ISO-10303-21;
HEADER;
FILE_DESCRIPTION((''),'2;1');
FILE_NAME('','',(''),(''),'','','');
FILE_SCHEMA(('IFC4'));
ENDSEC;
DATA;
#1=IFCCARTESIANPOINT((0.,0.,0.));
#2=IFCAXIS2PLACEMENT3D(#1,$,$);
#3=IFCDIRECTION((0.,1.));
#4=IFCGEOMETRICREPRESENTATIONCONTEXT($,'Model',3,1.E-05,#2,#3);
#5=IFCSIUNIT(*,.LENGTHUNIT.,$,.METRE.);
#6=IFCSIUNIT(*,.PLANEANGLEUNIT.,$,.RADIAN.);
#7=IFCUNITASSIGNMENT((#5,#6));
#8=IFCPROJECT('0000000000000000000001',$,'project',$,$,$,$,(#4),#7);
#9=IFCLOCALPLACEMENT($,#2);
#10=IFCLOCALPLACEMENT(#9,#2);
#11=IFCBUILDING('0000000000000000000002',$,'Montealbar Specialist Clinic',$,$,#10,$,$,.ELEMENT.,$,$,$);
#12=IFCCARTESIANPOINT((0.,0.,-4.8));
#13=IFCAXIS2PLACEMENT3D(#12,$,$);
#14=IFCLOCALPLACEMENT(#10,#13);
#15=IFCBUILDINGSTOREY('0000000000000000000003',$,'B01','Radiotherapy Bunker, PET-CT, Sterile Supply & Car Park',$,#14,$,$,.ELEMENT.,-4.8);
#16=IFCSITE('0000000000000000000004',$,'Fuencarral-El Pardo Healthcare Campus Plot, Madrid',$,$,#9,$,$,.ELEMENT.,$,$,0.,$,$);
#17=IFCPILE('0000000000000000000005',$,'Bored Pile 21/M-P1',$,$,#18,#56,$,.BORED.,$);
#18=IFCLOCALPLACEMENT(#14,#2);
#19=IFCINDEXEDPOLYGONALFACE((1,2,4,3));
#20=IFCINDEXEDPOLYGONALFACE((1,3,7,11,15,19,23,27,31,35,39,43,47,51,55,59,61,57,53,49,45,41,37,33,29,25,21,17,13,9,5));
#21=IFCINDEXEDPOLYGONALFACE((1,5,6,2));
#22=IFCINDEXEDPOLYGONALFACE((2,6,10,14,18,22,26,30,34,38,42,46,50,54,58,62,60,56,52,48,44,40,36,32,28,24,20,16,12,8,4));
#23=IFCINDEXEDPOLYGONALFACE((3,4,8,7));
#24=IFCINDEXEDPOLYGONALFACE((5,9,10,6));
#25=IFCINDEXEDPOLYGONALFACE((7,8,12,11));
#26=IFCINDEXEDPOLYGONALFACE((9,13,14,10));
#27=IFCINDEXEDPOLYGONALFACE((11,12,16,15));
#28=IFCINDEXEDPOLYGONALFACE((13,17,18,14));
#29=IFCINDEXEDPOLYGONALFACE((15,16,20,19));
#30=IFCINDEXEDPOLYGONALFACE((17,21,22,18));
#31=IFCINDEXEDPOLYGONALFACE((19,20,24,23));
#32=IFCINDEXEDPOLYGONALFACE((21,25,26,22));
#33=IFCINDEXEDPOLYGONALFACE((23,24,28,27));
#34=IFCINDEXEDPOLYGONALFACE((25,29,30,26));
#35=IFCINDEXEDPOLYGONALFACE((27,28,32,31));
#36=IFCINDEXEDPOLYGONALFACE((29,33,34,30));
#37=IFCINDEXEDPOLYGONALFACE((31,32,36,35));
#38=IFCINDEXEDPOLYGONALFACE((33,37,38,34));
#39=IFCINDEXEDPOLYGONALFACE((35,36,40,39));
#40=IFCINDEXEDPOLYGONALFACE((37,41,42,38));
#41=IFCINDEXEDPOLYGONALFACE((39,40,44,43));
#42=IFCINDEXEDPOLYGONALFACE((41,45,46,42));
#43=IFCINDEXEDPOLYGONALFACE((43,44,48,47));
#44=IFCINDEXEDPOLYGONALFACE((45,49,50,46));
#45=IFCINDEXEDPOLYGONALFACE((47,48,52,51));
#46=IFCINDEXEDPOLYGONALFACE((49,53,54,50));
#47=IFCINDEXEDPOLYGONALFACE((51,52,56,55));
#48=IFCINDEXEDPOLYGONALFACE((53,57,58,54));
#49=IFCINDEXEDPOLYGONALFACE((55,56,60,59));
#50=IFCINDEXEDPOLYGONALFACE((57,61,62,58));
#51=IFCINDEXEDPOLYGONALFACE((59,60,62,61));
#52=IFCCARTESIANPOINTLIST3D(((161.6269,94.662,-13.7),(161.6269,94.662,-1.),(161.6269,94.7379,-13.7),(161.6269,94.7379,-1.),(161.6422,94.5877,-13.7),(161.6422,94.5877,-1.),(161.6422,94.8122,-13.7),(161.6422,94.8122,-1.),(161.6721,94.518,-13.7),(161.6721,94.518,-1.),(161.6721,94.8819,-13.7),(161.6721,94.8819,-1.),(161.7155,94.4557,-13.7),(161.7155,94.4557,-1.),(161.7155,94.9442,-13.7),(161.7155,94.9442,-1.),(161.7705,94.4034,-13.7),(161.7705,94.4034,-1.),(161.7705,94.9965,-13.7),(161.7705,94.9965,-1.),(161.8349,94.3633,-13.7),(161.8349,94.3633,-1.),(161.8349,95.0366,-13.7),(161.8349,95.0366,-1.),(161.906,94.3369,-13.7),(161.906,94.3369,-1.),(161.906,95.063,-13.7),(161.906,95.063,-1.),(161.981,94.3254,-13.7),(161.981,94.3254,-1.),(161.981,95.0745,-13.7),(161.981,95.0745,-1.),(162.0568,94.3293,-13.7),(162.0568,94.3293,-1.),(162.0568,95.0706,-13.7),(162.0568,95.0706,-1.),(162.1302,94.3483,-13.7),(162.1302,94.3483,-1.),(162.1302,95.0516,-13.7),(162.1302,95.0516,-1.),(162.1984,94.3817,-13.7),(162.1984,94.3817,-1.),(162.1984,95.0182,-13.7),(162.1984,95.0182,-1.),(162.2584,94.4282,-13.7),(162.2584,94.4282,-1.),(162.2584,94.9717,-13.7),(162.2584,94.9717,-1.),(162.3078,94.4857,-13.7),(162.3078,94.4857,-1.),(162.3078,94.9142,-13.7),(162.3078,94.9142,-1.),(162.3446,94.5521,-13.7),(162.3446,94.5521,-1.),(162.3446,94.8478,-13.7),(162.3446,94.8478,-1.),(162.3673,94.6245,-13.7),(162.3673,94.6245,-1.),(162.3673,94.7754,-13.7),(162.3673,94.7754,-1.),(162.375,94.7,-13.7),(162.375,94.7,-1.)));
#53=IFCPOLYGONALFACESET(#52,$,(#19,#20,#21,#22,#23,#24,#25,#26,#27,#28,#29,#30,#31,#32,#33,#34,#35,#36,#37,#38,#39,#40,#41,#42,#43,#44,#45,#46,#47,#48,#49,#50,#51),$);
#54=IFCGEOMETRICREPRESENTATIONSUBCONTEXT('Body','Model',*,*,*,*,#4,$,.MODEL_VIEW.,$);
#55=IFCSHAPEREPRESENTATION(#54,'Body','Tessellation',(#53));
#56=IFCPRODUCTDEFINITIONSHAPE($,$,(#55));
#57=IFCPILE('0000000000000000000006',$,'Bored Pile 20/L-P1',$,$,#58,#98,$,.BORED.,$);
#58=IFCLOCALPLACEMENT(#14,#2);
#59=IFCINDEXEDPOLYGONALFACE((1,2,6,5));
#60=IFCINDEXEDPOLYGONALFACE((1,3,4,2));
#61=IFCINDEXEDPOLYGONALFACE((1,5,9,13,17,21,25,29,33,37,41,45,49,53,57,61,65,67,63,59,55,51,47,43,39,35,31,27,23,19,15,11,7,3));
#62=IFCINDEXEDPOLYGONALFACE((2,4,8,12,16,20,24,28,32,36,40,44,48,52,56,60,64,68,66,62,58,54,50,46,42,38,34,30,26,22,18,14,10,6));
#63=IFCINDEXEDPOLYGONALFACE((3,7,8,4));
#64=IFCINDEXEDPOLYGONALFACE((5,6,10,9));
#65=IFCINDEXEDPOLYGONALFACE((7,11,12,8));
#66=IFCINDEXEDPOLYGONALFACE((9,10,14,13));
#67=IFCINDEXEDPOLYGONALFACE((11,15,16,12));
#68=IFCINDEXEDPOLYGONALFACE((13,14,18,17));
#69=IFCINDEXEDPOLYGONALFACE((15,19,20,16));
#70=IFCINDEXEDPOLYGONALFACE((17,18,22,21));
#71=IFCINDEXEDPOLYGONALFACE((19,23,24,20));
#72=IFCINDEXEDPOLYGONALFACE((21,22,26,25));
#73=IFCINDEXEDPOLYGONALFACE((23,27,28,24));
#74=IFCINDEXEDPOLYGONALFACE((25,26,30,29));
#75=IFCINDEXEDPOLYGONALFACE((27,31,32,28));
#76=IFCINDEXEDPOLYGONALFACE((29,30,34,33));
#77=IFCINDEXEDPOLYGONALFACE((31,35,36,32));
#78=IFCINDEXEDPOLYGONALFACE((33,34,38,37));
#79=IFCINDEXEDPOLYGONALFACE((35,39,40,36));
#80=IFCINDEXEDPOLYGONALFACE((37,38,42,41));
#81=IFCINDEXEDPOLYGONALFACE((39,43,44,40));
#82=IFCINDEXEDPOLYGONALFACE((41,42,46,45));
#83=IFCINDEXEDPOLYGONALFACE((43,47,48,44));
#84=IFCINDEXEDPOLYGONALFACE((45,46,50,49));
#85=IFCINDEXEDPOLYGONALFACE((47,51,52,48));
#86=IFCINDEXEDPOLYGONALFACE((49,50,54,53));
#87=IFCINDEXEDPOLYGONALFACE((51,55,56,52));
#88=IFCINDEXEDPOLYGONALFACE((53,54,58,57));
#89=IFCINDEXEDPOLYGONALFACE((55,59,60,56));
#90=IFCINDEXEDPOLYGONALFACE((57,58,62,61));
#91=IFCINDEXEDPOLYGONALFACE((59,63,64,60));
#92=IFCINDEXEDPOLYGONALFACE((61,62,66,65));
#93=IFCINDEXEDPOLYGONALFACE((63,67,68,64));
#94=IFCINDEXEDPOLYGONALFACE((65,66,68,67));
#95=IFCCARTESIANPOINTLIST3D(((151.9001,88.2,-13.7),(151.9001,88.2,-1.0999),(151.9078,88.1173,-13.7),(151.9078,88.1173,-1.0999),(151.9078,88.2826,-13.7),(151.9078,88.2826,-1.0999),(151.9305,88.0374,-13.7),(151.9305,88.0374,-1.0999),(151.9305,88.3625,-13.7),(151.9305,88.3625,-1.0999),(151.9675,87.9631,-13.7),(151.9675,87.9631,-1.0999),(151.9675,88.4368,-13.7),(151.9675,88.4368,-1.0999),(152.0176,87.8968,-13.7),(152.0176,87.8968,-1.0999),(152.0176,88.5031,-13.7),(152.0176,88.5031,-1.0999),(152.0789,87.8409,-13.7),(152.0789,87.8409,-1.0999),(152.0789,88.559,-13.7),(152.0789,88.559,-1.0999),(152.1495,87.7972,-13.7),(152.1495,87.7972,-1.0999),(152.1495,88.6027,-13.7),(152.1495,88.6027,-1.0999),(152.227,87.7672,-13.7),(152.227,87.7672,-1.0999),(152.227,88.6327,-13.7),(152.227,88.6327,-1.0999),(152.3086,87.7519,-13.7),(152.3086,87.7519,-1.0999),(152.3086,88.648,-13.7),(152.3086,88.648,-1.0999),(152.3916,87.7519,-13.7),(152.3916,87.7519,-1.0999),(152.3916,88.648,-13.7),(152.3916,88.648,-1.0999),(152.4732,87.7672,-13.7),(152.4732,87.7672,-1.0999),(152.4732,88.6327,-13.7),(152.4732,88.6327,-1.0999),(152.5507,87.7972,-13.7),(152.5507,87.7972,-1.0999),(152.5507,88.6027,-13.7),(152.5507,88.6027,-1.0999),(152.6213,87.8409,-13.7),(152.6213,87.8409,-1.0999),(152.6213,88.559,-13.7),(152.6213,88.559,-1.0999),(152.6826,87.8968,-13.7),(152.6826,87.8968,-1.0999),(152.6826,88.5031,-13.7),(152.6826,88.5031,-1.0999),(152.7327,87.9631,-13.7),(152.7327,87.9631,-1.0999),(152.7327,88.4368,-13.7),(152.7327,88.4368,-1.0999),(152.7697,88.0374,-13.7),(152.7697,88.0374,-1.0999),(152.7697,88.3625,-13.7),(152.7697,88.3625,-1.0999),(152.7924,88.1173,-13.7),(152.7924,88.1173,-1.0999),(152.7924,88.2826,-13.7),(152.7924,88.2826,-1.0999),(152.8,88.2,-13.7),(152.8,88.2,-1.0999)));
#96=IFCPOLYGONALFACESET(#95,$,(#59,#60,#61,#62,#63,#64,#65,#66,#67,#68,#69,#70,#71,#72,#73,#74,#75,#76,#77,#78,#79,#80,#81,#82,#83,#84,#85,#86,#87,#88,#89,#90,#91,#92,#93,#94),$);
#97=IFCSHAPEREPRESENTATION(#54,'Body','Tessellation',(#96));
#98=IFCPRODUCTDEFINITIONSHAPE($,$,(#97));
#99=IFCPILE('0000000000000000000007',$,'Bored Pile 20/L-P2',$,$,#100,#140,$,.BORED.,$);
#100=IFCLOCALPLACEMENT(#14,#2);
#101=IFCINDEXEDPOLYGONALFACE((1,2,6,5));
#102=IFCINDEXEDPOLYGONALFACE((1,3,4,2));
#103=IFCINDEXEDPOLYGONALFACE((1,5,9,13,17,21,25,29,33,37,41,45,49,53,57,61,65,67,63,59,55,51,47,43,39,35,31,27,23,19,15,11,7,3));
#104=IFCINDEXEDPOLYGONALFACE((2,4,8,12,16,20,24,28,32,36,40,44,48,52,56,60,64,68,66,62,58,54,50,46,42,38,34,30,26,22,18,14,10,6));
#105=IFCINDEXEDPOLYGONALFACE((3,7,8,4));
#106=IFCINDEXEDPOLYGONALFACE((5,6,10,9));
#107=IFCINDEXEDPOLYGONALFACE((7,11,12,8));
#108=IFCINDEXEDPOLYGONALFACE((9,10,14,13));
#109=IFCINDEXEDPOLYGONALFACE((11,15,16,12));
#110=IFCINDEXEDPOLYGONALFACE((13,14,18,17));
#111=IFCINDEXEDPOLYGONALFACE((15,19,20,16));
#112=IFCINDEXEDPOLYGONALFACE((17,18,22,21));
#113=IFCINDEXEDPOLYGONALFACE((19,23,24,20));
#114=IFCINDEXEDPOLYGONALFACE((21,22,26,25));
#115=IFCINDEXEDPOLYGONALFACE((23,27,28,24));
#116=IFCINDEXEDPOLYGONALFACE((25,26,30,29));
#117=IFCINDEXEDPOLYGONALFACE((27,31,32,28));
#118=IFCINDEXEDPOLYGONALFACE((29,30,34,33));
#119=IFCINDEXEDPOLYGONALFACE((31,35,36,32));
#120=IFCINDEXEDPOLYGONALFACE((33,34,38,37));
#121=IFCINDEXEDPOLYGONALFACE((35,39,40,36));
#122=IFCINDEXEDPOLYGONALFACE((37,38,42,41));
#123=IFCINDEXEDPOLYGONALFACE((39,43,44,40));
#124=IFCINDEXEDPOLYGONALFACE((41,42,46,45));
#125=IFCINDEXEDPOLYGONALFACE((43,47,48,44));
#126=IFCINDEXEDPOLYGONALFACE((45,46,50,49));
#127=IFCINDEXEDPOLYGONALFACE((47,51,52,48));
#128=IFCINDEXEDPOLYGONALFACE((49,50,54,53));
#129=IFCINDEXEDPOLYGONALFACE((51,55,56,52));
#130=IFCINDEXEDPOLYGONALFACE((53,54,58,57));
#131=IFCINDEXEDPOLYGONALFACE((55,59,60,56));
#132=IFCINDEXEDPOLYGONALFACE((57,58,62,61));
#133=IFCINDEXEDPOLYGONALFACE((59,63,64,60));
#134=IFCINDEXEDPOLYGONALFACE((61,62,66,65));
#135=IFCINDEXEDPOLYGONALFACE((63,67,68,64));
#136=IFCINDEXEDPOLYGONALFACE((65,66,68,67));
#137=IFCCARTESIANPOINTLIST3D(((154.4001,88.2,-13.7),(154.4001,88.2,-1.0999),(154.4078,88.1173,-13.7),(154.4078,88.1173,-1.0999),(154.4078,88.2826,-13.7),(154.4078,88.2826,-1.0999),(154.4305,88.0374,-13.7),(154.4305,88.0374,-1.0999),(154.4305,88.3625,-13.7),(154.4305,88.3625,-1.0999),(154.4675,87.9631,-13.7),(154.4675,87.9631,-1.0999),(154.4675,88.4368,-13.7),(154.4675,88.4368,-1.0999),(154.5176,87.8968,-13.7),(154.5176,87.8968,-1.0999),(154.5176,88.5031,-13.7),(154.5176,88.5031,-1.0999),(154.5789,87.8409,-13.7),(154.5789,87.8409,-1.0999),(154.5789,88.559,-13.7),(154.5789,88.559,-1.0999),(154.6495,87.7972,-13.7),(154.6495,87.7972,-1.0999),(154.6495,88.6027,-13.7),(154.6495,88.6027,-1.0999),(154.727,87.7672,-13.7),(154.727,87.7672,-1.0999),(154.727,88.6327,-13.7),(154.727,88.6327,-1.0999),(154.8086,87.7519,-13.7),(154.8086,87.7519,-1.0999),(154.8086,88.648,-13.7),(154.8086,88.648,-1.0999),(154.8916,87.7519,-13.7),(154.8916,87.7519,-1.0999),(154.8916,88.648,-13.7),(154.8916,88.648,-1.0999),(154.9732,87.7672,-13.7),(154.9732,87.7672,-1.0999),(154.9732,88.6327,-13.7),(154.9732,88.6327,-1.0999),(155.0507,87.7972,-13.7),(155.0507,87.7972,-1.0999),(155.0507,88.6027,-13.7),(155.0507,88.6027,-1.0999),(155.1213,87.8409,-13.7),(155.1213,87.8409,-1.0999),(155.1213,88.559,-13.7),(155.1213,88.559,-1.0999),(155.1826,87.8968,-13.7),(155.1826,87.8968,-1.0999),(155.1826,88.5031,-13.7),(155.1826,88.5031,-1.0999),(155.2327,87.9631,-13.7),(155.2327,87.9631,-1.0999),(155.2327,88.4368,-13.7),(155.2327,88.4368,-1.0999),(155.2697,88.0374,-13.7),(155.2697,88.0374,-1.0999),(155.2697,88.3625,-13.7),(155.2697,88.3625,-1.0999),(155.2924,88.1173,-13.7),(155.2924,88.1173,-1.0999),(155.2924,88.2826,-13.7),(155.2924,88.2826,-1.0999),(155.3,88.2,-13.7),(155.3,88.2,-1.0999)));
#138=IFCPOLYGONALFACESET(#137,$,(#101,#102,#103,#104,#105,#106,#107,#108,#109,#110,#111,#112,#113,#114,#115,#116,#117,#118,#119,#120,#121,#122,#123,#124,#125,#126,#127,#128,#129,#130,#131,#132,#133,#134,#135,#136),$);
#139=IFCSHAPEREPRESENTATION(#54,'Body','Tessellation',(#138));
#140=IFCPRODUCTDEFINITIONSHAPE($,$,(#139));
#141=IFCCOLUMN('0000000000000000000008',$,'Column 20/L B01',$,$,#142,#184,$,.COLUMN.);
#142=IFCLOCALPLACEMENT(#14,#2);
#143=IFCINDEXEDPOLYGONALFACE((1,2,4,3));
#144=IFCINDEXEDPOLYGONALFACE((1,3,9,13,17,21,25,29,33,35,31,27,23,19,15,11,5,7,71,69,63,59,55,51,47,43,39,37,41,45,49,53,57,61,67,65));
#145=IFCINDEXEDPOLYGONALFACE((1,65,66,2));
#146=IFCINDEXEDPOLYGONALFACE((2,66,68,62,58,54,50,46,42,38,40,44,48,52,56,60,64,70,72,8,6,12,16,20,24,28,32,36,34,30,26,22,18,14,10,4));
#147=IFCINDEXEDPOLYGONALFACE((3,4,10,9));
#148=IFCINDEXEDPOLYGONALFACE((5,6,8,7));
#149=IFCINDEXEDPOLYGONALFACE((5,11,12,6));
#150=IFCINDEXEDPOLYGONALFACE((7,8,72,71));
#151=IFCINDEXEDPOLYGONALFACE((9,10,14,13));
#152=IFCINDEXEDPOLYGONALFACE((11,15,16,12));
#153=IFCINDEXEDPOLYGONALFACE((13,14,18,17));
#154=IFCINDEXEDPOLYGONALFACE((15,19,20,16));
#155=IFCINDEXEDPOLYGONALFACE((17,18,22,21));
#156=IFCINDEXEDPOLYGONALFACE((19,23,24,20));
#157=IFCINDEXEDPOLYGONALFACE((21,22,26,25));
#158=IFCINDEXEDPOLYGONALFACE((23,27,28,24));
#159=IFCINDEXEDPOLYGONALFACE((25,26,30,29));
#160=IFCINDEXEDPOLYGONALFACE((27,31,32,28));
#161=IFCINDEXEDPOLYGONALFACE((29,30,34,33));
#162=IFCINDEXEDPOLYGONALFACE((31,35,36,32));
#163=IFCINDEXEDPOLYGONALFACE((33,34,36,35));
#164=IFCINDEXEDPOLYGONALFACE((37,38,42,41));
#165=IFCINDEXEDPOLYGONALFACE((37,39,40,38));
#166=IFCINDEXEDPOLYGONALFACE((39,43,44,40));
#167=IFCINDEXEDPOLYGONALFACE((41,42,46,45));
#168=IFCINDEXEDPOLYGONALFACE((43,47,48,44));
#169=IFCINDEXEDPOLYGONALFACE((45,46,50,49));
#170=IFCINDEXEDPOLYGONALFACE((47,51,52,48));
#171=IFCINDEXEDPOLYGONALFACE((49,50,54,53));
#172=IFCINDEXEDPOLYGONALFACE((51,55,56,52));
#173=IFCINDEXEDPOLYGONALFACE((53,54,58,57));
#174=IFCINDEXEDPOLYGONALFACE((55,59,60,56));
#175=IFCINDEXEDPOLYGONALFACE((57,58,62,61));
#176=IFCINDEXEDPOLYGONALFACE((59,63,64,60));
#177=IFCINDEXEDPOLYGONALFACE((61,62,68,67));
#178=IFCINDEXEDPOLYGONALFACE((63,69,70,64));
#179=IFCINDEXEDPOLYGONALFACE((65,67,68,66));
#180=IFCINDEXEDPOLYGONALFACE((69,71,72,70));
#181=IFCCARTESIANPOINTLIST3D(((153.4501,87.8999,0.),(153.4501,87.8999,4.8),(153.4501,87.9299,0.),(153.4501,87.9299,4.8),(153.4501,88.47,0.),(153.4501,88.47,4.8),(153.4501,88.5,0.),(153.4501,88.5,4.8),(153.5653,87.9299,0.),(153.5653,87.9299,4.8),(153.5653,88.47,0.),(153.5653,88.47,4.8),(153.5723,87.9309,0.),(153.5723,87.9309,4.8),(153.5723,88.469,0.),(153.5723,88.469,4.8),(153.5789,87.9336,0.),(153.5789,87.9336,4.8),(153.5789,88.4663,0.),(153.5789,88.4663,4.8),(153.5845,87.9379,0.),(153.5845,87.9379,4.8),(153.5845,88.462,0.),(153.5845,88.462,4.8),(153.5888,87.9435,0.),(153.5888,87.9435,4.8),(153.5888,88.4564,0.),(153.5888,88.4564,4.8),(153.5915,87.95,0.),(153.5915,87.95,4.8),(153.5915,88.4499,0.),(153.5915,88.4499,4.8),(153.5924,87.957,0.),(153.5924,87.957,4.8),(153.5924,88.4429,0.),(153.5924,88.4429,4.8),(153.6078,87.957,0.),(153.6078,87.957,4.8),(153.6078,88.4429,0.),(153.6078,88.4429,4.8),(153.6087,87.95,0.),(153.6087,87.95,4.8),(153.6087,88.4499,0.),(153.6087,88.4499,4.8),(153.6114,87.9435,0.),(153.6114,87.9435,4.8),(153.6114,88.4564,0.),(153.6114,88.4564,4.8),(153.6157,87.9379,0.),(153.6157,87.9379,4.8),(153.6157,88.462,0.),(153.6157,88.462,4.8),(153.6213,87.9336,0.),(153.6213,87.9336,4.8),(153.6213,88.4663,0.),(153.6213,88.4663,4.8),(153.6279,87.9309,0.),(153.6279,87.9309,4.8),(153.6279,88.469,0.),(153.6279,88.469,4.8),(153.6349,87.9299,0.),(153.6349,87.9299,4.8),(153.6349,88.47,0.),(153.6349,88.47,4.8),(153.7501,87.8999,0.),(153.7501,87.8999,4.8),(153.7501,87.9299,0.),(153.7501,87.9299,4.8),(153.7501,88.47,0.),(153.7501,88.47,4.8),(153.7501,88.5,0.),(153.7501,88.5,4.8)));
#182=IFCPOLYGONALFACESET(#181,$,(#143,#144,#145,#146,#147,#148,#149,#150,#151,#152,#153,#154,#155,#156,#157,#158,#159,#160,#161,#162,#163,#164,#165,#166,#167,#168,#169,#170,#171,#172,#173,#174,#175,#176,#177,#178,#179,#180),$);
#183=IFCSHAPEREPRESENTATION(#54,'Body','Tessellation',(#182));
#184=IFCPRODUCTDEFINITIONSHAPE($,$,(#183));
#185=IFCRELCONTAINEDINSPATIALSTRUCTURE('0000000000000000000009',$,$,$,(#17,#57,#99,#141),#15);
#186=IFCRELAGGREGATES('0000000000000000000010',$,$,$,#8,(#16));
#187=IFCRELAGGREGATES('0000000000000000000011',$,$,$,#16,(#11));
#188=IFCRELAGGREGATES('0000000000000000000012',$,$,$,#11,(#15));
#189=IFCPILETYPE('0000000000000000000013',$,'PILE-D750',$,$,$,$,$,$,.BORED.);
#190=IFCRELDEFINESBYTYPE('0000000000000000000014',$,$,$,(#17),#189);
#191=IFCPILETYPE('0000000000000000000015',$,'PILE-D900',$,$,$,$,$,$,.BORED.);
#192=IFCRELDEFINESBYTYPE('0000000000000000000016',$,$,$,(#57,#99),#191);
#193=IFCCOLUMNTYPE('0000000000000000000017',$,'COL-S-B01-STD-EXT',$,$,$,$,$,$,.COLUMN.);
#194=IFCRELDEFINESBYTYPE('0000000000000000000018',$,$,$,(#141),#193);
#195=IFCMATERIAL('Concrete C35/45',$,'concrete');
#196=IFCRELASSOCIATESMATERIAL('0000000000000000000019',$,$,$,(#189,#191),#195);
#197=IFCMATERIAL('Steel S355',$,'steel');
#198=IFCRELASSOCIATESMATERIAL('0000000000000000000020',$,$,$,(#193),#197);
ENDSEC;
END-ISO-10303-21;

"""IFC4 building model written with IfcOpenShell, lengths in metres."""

from ifc_helpers import new_model, si_unit, direction, frame, origin, origin_2d, place, context, subcontext, project, spatial, circle, i_section, extrude, material, material_profile, profile_set, type_object, element, save


model = new_model("IFC4")

# Units and contexts
model_context = context("Model", 3, precision=1e-05, world=origin(), true_north=direction((0.0, 1.0)))
body_context = subcontext(model_context, "Body", "Model", "MODEL_VIEW")
ifc_project = project(units=[si_unit("LENGTHUNIT", "METRE"), si_unit("PLANEANGLEUNIT", "RADIAN")], contexts=[model_context])

# Site, building, storey
site_placement = place(None, origin())
site = spatial("IfcSite", under=ifc_project, at=site_placement, Name="Fuencarral-El Pardo Healthcare Campus Plot, Madrid", CompositionType="ELEMENT", RefElevation=0.0)
building_placement = place(site_placement, origin())
building = spatial("IfcBuilding", under=site, at=building_placement, Name="Montealbar Specialist Clinic", CompositionType="ELEMENT")
storey_placement = place(building_placement, frame((0.0, 0.0, -4.8)))
storey = spatial("IfcBuildingStorey", under=building, at=storey_placement, Name="B01", Description="Radiotherapy Bunker, PET-CT, Sterile Supply & Car Park", CompositionType="ELEMENT", Elevation=-4.8)

# Shared definitions
ifc_material_1 = material(Name="Concrete C35/45", Category="concrete")

# Piles
ifc_material_profile_1 = material_profile(ifc_material_1, circle(Radius=0.375, at=origin_2d()), Name="PILE D750", Category="concrete")
ifc_profile_set_1 = profile_set([ifc_material_profile_1], Name="Concrete C35/45")
pile_type_1 = type_object("IfcPileType", Name="PILE-D750", PredefinedType="BORED", material=ifc_profile_set_1)
pile_1_placement = place(storey_placement, frame((162.0, 94.7, -1.0), z_axis=(0.0, 0.0, -1.0), x_axis=(1.0, 0.0, 0.0)))
element("IfcPile", 1, at=pile_1_placement, inside=storey, type_object=pile_type_1, Name="Bored Pile 21/M-P1", PredefinedType="BORED", context=body_context, shape_type="SweptSolid", body=[
    extrude(circle(Radius=0.375, at=origin_2d()), origin(), (0.0, 0.0, 1.0), 12.7),
])
ifc_material_profile_2 = material_profile(ifc_material_1, circle(Radius=0.45, at=origin_2d()), Name="PILE D900", Category="concrete")
ifc_profile_set_2 = profile_set([ifc_material_profile_2], Name="Concrete C35/45")
pile_type_2 = type_object("IfcPileType", Name="PILE-D900", PredefinedType="BORED", material=ifc_profile_set_2)
for number, where, z_axis, x_axis, name in (
    (2, (152.3501, 88.2, -1.0999), (0.0, 0.0, -1.0), (1.0, 0.0, 0.0), "Bored Pile 20/L-P1"),
    (3, (154.8501, 88.2, -1.0999), (0.0, 0.0, -1.0), (1.0, 0.0, 0.0), "Bored Pile 20/L-P2"),
):
    element("IfcPile", number, at=place(storey_placement, frame(where, z_axis=z_axis, x_axis=x_axis)), inside=storey, type_object=pile_type_2, Name=name, PredefinedType="BORED", context=body_context, shape_type="SweptSolid", body=[
        extrude(circle(Radius=0.45, at=origin_2d()), origin(), (0.0, 0.0, 1.0), 12.6001),
    ])

# Column
ifc_material_2 = material(Name="Steel S355", Category="steel")
ifc_material_profile_3 = material_profile(ifc_material_2, i_section(OverallWidth=0.3, OverallDepth=0.6001, WebThickness=0.0154, FlangeThickness=0.03, FilletRadius=0.0271, at=origin_2d()), Name="HEB 600", Category="steel")
ifc_profile_set_3 = profile_set([ifc_material_profile_3], Name="Steel S355")
column_type_1 = type_object("IfcColumnType", Name="COL-S-B01-STD-EXT", PredefinedType="COLUMN", material=ifc_profile_set_3)
for number, where, z_axis, x_axis, name in (
    (4, (153.6001, 88.2, 0.0), (0.0, 0.0, 1.0), (1.0, 0.0, 0.0), "Column 20/L B01"),
):
    element("IfcColumn", number, at=place(storey_placement, frame(where, z_axis=z_axis, x_axis=x_axis)), inside=storey, type_object=column_type_1, Name=name, PredefinedType="COLUMN", context=body_context, shape_type="SweptSolid", body=[
        extrude(i_section(OverallWidth=0.3, OverallDepth=0.6001, WebThickness=0.0154, FlangeThickness=0.03, FilletRadius=0.0271, at=origin_2d()), origin(), (0.0, 0.0, 1.0), 4.8),
    ])

save(model, "model.ifc")
